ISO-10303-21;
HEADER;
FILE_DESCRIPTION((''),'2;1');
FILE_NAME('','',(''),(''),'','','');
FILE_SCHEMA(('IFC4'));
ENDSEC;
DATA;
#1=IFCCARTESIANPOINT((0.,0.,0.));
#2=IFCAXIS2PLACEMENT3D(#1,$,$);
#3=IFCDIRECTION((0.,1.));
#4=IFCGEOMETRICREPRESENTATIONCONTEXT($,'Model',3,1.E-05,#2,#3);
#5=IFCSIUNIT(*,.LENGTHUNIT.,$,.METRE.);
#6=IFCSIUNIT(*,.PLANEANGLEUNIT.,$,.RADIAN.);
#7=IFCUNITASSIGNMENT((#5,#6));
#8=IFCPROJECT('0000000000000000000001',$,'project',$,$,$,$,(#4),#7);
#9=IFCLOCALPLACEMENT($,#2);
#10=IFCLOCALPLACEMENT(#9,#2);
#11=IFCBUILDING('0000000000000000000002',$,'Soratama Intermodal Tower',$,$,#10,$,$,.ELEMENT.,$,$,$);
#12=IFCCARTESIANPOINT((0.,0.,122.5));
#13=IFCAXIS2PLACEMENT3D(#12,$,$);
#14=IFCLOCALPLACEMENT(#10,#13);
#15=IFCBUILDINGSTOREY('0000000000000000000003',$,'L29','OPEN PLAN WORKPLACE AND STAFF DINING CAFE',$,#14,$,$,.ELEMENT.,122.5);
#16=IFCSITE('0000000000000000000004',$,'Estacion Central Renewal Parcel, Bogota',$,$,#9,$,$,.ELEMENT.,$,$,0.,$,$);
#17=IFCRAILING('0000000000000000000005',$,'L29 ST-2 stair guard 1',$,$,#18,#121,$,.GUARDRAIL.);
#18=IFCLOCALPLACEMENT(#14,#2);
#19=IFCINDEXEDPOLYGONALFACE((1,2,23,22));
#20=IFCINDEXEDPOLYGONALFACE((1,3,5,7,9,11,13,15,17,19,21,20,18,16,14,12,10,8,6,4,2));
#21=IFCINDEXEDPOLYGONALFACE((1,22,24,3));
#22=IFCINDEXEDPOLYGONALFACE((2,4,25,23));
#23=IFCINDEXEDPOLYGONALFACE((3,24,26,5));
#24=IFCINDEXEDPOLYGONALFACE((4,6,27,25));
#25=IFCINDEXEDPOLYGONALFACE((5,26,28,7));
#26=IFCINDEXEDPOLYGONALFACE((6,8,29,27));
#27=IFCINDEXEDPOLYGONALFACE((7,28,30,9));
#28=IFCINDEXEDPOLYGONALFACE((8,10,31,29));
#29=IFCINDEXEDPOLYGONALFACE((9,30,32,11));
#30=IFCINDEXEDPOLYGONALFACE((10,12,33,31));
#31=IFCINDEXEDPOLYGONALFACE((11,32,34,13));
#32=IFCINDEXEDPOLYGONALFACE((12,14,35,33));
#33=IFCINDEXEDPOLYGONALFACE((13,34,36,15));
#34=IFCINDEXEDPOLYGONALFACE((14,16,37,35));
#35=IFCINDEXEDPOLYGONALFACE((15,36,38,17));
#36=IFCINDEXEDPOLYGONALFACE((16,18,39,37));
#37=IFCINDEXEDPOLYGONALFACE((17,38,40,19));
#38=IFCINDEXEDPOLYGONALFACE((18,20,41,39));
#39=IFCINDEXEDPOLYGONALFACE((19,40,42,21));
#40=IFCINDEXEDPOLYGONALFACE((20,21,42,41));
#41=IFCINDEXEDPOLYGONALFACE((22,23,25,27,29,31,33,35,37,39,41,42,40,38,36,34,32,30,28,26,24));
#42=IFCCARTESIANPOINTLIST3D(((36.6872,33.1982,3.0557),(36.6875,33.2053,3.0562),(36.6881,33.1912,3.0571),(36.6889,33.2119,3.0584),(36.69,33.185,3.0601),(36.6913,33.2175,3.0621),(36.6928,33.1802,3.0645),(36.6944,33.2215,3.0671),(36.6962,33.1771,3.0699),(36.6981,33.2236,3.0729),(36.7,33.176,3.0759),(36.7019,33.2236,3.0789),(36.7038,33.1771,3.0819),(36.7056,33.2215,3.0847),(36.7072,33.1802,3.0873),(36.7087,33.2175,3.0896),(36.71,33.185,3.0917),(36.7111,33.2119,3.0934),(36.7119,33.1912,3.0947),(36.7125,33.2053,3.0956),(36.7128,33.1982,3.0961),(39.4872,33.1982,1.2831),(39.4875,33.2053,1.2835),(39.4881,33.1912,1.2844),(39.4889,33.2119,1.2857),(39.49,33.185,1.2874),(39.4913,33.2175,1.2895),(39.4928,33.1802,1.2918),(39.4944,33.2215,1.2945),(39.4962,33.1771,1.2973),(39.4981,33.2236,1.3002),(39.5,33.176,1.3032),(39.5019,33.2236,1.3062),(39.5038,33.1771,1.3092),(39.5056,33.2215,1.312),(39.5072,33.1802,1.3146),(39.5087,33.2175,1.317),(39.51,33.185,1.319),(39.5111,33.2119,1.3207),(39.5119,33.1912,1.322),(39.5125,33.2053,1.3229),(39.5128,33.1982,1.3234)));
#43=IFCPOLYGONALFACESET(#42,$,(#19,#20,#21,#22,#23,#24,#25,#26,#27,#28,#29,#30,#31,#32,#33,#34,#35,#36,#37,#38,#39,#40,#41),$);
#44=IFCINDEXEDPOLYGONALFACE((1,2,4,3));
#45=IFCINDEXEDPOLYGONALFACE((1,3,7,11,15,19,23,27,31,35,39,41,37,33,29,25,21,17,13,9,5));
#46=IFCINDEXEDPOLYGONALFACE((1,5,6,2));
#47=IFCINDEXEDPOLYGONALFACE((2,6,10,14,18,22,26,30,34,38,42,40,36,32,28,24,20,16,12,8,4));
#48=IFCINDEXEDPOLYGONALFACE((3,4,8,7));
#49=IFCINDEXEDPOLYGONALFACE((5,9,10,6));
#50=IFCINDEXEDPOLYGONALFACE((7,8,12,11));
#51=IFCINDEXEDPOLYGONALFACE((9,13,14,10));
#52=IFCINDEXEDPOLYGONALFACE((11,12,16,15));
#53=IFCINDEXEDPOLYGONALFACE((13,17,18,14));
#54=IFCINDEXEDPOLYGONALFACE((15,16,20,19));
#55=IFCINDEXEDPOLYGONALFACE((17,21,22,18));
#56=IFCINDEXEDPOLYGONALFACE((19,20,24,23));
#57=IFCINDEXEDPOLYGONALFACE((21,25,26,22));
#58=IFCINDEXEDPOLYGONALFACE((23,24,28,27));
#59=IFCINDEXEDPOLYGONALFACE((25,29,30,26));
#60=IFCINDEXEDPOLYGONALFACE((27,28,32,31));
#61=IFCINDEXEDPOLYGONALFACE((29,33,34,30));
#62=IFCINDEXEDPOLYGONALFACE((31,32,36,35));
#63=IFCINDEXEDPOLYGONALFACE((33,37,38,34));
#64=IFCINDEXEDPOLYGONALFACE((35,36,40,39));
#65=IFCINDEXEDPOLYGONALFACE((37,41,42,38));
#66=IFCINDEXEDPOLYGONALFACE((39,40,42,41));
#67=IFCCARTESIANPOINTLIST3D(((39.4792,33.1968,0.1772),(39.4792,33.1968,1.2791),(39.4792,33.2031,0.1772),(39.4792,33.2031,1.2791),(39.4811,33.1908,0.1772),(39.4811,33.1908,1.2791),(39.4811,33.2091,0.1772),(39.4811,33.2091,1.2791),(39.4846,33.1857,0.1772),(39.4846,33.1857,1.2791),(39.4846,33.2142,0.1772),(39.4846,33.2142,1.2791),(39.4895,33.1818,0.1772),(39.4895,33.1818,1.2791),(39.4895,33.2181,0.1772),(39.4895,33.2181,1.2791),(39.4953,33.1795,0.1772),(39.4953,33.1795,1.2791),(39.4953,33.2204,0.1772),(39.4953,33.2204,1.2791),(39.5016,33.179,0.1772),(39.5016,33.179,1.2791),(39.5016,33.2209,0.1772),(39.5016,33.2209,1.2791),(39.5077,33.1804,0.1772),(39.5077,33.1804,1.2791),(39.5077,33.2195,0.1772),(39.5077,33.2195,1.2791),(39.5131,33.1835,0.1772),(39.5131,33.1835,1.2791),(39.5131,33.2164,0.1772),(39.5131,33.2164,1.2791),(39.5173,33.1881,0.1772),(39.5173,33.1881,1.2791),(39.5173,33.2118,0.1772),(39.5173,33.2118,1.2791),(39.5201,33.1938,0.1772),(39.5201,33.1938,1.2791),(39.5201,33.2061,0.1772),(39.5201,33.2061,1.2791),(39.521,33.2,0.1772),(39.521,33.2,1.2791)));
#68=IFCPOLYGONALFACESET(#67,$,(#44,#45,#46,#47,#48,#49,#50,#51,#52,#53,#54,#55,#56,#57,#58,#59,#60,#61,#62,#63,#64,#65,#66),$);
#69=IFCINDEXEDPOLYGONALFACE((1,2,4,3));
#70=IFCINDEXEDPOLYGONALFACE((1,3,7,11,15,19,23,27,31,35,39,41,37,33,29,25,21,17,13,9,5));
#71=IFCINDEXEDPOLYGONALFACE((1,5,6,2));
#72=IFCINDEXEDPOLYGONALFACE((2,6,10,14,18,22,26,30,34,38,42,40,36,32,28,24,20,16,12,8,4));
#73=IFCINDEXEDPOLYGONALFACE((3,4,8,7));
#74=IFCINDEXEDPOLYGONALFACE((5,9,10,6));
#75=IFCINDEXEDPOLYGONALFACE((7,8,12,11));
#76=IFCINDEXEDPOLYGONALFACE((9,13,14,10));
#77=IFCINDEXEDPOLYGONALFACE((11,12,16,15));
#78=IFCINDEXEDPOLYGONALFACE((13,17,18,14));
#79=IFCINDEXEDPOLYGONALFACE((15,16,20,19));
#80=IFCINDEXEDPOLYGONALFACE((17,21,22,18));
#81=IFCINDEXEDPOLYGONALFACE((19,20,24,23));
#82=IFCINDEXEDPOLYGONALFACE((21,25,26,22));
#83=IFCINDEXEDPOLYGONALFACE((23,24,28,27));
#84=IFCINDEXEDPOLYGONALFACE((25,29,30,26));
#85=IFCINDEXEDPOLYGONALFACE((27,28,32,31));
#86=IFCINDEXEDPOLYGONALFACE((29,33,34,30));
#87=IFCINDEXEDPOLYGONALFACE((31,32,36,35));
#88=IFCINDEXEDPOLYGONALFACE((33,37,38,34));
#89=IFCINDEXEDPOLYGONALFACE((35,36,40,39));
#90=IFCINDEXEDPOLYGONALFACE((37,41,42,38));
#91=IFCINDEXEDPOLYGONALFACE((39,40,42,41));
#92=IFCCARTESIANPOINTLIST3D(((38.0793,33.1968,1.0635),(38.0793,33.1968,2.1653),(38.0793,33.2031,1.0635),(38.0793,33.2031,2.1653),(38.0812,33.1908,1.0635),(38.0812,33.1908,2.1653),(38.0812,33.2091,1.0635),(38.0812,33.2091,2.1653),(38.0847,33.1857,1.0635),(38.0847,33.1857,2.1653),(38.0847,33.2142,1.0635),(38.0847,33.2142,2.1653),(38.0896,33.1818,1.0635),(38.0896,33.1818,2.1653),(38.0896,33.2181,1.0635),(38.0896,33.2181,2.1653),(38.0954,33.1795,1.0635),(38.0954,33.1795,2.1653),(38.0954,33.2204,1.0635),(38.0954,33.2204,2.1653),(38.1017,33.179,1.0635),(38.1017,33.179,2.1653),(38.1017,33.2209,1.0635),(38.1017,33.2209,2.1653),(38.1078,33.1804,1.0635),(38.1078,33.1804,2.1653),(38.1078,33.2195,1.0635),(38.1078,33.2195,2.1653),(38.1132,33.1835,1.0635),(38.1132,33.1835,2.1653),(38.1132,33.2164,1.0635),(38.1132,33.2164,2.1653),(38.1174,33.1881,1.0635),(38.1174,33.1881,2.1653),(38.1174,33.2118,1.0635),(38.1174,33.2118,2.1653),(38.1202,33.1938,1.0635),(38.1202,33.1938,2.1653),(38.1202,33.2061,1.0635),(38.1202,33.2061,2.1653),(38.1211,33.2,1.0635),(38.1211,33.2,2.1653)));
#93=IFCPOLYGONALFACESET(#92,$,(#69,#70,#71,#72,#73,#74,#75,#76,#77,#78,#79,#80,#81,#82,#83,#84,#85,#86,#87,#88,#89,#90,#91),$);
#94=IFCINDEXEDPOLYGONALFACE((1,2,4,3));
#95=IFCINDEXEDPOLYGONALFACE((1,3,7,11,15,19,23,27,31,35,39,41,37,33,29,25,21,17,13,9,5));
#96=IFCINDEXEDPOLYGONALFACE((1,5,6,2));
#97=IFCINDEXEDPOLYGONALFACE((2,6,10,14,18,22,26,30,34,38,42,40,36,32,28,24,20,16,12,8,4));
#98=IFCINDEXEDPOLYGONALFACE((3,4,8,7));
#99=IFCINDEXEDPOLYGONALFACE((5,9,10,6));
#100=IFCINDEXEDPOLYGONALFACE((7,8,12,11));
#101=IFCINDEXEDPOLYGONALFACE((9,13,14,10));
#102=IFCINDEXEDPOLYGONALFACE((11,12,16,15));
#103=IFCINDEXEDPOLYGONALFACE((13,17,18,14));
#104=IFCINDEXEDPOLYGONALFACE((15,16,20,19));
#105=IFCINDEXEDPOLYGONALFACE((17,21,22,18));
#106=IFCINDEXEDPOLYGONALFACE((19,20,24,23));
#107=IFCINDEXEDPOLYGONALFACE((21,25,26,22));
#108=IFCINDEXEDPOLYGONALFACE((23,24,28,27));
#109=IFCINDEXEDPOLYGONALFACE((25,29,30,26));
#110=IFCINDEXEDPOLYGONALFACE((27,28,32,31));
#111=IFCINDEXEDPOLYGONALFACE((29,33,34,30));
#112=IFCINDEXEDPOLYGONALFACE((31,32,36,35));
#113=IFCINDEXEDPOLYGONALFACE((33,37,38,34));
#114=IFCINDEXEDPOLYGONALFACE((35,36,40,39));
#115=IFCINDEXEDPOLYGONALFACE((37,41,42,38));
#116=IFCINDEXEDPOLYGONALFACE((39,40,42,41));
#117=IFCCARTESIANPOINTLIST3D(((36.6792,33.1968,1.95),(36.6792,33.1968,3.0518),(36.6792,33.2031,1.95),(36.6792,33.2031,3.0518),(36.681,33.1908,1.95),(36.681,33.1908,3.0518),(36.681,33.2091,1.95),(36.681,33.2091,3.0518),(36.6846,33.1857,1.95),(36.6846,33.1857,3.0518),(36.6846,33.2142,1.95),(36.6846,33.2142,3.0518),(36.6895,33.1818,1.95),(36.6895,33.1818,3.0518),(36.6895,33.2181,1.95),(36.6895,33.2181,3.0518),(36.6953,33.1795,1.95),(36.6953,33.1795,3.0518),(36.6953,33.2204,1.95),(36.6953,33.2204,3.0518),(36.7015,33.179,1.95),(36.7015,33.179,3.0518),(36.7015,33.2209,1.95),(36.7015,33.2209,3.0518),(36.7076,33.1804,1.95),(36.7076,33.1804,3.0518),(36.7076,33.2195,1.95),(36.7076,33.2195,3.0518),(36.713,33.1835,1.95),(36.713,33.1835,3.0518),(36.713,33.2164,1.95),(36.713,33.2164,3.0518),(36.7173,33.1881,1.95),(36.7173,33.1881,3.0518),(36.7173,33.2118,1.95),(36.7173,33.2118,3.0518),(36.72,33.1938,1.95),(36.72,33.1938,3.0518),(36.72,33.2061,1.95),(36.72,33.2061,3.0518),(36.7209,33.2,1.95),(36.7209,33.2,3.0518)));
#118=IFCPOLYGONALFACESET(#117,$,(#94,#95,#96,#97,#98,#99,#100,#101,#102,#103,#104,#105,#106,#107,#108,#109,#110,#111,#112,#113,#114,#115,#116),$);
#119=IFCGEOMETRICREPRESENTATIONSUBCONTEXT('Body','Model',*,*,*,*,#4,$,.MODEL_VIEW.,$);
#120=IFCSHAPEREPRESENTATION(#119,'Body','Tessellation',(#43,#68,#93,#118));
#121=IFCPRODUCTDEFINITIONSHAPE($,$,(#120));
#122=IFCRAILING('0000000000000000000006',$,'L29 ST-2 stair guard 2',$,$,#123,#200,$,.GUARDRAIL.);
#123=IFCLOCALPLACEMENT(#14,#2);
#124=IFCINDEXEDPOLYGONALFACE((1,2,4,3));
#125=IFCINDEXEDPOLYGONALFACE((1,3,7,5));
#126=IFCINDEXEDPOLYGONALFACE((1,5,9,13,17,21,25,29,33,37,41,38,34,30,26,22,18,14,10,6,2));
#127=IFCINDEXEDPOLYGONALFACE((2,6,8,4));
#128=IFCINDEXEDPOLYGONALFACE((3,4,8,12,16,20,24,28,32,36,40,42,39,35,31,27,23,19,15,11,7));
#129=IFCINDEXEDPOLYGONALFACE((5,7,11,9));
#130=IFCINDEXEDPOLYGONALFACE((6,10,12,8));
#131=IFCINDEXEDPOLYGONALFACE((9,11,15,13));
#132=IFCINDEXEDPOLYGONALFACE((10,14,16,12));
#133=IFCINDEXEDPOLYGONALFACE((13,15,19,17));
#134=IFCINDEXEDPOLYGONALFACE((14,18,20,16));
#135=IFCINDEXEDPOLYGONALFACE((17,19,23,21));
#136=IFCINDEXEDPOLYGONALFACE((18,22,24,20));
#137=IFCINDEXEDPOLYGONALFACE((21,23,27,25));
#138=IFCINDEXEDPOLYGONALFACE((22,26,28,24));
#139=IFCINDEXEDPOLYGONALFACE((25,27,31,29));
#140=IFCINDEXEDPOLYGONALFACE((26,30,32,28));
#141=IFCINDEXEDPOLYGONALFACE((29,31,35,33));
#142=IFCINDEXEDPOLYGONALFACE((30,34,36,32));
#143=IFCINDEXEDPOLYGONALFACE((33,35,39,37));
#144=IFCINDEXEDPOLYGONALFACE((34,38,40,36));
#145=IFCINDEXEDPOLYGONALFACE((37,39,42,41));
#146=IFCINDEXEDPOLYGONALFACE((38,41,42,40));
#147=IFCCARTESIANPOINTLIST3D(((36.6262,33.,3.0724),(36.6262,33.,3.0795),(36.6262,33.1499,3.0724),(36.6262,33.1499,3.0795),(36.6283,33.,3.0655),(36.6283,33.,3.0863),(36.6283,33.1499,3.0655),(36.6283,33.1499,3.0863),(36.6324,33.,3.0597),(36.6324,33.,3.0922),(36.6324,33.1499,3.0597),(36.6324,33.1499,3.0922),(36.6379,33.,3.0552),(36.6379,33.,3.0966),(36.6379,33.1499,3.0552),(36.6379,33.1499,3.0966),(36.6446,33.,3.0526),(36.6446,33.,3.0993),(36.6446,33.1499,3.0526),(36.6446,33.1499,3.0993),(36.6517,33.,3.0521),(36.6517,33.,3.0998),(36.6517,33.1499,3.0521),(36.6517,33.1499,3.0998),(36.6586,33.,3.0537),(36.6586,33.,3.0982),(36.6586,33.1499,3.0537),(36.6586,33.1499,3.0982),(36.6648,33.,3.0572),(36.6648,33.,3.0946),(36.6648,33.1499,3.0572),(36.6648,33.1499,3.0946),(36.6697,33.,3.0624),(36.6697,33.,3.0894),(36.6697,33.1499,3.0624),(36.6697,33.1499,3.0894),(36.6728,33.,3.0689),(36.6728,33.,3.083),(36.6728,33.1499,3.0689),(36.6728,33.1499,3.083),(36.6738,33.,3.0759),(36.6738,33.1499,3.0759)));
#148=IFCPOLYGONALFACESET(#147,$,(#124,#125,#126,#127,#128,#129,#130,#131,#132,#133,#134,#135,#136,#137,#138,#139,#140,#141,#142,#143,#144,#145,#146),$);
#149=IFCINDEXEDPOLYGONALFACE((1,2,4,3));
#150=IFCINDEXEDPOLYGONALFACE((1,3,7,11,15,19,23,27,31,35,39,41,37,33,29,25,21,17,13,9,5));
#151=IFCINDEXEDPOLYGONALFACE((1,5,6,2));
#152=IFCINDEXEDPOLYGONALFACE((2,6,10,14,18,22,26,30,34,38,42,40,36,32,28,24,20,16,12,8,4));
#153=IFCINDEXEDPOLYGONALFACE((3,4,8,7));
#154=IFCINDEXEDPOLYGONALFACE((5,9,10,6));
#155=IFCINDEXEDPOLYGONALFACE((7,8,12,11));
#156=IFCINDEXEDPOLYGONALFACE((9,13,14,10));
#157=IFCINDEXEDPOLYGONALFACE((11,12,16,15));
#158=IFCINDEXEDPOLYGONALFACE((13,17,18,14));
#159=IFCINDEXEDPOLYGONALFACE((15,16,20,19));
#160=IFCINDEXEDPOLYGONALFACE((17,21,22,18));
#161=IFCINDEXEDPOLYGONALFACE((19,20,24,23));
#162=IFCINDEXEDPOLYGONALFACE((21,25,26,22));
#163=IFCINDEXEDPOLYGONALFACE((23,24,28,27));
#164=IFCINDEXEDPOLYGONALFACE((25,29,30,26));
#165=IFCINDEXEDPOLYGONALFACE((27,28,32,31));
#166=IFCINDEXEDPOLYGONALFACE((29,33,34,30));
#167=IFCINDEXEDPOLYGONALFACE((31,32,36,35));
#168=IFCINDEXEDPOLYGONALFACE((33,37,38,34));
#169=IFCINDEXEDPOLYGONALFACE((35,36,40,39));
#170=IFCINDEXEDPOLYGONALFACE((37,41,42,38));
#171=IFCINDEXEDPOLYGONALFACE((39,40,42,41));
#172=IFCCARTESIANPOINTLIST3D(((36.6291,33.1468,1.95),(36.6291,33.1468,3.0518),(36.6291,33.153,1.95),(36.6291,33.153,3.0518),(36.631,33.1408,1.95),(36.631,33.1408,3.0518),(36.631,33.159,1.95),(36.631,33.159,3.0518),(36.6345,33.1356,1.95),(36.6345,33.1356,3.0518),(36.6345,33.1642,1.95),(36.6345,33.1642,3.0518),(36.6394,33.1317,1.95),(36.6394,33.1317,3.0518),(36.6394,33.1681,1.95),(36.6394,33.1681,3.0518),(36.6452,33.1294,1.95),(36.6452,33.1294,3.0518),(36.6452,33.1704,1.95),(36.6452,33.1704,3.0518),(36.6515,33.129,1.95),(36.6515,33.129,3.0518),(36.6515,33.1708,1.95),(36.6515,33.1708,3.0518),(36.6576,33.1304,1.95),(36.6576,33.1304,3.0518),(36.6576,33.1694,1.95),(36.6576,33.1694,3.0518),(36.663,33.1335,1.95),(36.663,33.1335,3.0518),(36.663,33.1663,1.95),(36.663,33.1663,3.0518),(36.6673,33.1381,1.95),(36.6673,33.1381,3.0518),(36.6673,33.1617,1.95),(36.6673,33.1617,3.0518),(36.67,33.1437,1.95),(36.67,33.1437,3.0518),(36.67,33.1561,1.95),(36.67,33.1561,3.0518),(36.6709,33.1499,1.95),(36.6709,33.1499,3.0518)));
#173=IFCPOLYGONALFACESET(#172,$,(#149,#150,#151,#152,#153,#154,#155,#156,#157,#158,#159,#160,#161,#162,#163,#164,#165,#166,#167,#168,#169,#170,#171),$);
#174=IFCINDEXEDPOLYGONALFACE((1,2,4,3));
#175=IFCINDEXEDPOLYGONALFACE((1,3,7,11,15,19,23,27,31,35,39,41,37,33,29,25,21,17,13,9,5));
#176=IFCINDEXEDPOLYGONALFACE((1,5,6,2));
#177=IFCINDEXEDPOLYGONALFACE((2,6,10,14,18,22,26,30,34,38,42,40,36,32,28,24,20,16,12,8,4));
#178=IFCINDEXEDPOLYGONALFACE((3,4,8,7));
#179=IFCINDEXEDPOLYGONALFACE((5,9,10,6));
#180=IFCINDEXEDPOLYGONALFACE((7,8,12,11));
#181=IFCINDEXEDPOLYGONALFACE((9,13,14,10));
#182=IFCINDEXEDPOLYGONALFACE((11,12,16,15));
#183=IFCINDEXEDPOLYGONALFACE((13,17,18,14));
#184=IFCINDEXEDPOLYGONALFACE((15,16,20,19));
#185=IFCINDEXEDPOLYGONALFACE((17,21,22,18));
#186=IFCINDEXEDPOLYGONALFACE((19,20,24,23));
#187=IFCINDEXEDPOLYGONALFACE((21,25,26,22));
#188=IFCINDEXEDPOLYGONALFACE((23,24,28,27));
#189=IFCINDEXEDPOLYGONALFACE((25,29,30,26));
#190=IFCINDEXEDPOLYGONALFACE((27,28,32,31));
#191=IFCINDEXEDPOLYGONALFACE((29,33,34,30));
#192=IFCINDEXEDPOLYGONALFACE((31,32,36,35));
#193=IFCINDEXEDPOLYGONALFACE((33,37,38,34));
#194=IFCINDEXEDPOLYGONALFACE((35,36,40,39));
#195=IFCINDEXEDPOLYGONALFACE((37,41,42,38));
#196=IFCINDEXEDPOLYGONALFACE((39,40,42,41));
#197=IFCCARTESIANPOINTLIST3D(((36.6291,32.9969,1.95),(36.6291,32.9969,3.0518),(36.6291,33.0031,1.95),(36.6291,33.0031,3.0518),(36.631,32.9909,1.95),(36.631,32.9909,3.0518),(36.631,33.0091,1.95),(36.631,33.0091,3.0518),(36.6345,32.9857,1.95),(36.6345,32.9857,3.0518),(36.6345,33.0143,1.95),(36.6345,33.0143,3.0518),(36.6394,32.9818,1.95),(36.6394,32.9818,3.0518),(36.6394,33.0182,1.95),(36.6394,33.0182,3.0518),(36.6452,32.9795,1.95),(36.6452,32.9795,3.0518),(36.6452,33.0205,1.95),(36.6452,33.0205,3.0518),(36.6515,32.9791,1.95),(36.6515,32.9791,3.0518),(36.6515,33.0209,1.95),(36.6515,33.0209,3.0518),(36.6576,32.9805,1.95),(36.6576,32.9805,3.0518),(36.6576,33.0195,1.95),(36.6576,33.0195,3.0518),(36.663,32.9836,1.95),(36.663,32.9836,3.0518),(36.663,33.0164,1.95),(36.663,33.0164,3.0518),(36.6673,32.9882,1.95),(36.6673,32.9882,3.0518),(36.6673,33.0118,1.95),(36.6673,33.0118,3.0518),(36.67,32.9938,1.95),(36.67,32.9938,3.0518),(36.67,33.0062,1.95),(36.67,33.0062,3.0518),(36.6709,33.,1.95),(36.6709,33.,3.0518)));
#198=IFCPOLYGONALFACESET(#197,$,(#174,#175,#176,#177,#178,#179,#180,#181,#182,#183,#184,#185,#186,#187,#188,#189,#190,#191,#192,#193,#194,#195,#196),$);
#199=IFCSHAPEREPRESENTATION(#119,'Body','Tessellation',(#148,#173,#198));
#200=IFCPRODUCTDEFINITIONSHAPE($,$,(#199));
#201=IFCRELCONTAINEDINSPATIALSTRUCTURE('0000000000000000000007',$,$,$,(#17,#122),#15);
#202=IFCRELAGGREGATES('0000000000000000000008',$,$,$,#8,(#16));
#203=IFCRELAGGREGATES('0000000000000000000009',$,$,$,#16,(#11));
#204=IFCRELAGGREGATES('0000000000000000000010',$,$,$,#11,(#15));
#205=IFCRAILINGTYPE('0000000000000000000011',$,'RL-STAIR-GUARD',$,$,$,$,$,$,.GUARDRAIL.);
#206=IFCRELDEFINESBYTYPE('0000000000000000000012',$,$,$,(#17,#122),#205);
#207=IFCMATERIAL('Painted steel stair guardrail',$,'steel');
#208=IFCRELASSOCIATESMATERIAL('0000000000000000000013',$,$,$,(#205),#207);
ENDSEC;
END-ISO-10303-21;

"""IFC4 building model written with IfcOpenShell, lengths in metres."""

from ifc_helpers import new_model, si_unit, direction, frame, origin, origin_2d, place, context, subcontext, project, spatial, circle, extrude, material, type_object, element, save


model = new_model("IFC4")

# Units and contexts
model_context = context("Model", 3, precision=1e-05, world=origin(), true_north=direction((0.0, 1.0)))
body_context = subcontext(model_context, "Body", "Model", "MODEL_VIEW")
ifc_project = project(units=[si_unit("LENGTHUNIT", "METRE"), si_unit("PLANEANGLEUNIT", "RADIAN")], contexts=[model_context])

# Site, building, storey
site_placement = place(None, origin())
site = spatial("IfcSite", under=ifc_project, at=site_placement, Name="Estacion Central Renewal Parcel, Bogota", CompositionType="ELEMENT", RefElevation=0.0)
building_placement = place(site_placement, origin())
building = spatial("IfcBuilding", under=site, at=building_placement, Name="Soratama Intermodal Tower", CompositionType="ELEMENT")
storey_placement = place(building_placement, frame((0.0, 0.0, 122.5)))
storey = spatial("IfcBuildingStorey", under=building, at=storey_placement, Name="L29", Description="OPEN PLAN WORKPLACE AND STAFF DINING CAFE", CompositionType="ELEMENT", Elevation=122.5)

# Railings
ifc_material_1 = material(Name="Painted steel stair guardrail", Category="steel")
railing_type_1 = type_object("IfcRailingType", Name="RL-STAIR-GUARD", PredefinedType="GUARDRAIL", material=ifc_material_1)
railing_1_placement = place(storey_placement, frame((39.5, 33.2, 0.1772)))
element("IfcRailing", 1, at=railing_1_placement, inside=storey, type_object=railing_type_1, Name="L29 ST-2 stair guard 1", PredefinedType="GUARDRAIL", context=body_context, shape_type="SweptSolid", body=[
    extrude(circle(Radius=0.0239, at=origin_2d()), frame((0.0, 0.0, 1.126), z_axis=(-0.844909, 0.0, 0.53491), x_axis=(0.0, -1.0, 0.0)), (0.0, 0.0, 1.0), 3.314),
    extrude(circle(Radius=0.021, at=origin_2d()), origin(), (0.0, 0.0, 1.0), 1.1018),
    extrude(circle(Radius=0.021, at=origin_2d()), frame((-1.3999, 0.0, 0.8862)), (0.0, 0.0, 1.0), 1.1018),
    extrude(circle(Radius=0.021, at=origin_2d()), frame((-2.8, 0.0, 1.7727)), (0.0, 0.0, 1.0), 1.1018),
])
railing_2_placement = place(storey_placement, frame((36.6499, 33.1499, 1.95)))
element("IfcRailing", 2, at=railing_2_placement, inside=storey, type_object=railing_type_1, Name="L29 ST-2 stair guard 2", PredefinedType="GUARDRAIL", context=body_context, shape_type="SweptSolid", body=[
    extrude(circle(Radius=0.0239, at=origin_2d()), frame((0.0, 0.0, 1.126), z_axis=(0.0, -1.0, 0.0), x_axis=(1.0, 0.0, 0.0)), (0.0, 0.0, 1.0), 0.1499),
    extrude(circle(Radius=0.021, at=origin_2d()), origin(), (0.0, 0.0, 1.0), 1.1018),
    extrude(circle(Radius=0.021, at=origin_2d()), frame((0.0, -0.1499, 0.0)), (0.0, 0.0, 1.0), 1.1018),
])

save(model, "model.ifc")
